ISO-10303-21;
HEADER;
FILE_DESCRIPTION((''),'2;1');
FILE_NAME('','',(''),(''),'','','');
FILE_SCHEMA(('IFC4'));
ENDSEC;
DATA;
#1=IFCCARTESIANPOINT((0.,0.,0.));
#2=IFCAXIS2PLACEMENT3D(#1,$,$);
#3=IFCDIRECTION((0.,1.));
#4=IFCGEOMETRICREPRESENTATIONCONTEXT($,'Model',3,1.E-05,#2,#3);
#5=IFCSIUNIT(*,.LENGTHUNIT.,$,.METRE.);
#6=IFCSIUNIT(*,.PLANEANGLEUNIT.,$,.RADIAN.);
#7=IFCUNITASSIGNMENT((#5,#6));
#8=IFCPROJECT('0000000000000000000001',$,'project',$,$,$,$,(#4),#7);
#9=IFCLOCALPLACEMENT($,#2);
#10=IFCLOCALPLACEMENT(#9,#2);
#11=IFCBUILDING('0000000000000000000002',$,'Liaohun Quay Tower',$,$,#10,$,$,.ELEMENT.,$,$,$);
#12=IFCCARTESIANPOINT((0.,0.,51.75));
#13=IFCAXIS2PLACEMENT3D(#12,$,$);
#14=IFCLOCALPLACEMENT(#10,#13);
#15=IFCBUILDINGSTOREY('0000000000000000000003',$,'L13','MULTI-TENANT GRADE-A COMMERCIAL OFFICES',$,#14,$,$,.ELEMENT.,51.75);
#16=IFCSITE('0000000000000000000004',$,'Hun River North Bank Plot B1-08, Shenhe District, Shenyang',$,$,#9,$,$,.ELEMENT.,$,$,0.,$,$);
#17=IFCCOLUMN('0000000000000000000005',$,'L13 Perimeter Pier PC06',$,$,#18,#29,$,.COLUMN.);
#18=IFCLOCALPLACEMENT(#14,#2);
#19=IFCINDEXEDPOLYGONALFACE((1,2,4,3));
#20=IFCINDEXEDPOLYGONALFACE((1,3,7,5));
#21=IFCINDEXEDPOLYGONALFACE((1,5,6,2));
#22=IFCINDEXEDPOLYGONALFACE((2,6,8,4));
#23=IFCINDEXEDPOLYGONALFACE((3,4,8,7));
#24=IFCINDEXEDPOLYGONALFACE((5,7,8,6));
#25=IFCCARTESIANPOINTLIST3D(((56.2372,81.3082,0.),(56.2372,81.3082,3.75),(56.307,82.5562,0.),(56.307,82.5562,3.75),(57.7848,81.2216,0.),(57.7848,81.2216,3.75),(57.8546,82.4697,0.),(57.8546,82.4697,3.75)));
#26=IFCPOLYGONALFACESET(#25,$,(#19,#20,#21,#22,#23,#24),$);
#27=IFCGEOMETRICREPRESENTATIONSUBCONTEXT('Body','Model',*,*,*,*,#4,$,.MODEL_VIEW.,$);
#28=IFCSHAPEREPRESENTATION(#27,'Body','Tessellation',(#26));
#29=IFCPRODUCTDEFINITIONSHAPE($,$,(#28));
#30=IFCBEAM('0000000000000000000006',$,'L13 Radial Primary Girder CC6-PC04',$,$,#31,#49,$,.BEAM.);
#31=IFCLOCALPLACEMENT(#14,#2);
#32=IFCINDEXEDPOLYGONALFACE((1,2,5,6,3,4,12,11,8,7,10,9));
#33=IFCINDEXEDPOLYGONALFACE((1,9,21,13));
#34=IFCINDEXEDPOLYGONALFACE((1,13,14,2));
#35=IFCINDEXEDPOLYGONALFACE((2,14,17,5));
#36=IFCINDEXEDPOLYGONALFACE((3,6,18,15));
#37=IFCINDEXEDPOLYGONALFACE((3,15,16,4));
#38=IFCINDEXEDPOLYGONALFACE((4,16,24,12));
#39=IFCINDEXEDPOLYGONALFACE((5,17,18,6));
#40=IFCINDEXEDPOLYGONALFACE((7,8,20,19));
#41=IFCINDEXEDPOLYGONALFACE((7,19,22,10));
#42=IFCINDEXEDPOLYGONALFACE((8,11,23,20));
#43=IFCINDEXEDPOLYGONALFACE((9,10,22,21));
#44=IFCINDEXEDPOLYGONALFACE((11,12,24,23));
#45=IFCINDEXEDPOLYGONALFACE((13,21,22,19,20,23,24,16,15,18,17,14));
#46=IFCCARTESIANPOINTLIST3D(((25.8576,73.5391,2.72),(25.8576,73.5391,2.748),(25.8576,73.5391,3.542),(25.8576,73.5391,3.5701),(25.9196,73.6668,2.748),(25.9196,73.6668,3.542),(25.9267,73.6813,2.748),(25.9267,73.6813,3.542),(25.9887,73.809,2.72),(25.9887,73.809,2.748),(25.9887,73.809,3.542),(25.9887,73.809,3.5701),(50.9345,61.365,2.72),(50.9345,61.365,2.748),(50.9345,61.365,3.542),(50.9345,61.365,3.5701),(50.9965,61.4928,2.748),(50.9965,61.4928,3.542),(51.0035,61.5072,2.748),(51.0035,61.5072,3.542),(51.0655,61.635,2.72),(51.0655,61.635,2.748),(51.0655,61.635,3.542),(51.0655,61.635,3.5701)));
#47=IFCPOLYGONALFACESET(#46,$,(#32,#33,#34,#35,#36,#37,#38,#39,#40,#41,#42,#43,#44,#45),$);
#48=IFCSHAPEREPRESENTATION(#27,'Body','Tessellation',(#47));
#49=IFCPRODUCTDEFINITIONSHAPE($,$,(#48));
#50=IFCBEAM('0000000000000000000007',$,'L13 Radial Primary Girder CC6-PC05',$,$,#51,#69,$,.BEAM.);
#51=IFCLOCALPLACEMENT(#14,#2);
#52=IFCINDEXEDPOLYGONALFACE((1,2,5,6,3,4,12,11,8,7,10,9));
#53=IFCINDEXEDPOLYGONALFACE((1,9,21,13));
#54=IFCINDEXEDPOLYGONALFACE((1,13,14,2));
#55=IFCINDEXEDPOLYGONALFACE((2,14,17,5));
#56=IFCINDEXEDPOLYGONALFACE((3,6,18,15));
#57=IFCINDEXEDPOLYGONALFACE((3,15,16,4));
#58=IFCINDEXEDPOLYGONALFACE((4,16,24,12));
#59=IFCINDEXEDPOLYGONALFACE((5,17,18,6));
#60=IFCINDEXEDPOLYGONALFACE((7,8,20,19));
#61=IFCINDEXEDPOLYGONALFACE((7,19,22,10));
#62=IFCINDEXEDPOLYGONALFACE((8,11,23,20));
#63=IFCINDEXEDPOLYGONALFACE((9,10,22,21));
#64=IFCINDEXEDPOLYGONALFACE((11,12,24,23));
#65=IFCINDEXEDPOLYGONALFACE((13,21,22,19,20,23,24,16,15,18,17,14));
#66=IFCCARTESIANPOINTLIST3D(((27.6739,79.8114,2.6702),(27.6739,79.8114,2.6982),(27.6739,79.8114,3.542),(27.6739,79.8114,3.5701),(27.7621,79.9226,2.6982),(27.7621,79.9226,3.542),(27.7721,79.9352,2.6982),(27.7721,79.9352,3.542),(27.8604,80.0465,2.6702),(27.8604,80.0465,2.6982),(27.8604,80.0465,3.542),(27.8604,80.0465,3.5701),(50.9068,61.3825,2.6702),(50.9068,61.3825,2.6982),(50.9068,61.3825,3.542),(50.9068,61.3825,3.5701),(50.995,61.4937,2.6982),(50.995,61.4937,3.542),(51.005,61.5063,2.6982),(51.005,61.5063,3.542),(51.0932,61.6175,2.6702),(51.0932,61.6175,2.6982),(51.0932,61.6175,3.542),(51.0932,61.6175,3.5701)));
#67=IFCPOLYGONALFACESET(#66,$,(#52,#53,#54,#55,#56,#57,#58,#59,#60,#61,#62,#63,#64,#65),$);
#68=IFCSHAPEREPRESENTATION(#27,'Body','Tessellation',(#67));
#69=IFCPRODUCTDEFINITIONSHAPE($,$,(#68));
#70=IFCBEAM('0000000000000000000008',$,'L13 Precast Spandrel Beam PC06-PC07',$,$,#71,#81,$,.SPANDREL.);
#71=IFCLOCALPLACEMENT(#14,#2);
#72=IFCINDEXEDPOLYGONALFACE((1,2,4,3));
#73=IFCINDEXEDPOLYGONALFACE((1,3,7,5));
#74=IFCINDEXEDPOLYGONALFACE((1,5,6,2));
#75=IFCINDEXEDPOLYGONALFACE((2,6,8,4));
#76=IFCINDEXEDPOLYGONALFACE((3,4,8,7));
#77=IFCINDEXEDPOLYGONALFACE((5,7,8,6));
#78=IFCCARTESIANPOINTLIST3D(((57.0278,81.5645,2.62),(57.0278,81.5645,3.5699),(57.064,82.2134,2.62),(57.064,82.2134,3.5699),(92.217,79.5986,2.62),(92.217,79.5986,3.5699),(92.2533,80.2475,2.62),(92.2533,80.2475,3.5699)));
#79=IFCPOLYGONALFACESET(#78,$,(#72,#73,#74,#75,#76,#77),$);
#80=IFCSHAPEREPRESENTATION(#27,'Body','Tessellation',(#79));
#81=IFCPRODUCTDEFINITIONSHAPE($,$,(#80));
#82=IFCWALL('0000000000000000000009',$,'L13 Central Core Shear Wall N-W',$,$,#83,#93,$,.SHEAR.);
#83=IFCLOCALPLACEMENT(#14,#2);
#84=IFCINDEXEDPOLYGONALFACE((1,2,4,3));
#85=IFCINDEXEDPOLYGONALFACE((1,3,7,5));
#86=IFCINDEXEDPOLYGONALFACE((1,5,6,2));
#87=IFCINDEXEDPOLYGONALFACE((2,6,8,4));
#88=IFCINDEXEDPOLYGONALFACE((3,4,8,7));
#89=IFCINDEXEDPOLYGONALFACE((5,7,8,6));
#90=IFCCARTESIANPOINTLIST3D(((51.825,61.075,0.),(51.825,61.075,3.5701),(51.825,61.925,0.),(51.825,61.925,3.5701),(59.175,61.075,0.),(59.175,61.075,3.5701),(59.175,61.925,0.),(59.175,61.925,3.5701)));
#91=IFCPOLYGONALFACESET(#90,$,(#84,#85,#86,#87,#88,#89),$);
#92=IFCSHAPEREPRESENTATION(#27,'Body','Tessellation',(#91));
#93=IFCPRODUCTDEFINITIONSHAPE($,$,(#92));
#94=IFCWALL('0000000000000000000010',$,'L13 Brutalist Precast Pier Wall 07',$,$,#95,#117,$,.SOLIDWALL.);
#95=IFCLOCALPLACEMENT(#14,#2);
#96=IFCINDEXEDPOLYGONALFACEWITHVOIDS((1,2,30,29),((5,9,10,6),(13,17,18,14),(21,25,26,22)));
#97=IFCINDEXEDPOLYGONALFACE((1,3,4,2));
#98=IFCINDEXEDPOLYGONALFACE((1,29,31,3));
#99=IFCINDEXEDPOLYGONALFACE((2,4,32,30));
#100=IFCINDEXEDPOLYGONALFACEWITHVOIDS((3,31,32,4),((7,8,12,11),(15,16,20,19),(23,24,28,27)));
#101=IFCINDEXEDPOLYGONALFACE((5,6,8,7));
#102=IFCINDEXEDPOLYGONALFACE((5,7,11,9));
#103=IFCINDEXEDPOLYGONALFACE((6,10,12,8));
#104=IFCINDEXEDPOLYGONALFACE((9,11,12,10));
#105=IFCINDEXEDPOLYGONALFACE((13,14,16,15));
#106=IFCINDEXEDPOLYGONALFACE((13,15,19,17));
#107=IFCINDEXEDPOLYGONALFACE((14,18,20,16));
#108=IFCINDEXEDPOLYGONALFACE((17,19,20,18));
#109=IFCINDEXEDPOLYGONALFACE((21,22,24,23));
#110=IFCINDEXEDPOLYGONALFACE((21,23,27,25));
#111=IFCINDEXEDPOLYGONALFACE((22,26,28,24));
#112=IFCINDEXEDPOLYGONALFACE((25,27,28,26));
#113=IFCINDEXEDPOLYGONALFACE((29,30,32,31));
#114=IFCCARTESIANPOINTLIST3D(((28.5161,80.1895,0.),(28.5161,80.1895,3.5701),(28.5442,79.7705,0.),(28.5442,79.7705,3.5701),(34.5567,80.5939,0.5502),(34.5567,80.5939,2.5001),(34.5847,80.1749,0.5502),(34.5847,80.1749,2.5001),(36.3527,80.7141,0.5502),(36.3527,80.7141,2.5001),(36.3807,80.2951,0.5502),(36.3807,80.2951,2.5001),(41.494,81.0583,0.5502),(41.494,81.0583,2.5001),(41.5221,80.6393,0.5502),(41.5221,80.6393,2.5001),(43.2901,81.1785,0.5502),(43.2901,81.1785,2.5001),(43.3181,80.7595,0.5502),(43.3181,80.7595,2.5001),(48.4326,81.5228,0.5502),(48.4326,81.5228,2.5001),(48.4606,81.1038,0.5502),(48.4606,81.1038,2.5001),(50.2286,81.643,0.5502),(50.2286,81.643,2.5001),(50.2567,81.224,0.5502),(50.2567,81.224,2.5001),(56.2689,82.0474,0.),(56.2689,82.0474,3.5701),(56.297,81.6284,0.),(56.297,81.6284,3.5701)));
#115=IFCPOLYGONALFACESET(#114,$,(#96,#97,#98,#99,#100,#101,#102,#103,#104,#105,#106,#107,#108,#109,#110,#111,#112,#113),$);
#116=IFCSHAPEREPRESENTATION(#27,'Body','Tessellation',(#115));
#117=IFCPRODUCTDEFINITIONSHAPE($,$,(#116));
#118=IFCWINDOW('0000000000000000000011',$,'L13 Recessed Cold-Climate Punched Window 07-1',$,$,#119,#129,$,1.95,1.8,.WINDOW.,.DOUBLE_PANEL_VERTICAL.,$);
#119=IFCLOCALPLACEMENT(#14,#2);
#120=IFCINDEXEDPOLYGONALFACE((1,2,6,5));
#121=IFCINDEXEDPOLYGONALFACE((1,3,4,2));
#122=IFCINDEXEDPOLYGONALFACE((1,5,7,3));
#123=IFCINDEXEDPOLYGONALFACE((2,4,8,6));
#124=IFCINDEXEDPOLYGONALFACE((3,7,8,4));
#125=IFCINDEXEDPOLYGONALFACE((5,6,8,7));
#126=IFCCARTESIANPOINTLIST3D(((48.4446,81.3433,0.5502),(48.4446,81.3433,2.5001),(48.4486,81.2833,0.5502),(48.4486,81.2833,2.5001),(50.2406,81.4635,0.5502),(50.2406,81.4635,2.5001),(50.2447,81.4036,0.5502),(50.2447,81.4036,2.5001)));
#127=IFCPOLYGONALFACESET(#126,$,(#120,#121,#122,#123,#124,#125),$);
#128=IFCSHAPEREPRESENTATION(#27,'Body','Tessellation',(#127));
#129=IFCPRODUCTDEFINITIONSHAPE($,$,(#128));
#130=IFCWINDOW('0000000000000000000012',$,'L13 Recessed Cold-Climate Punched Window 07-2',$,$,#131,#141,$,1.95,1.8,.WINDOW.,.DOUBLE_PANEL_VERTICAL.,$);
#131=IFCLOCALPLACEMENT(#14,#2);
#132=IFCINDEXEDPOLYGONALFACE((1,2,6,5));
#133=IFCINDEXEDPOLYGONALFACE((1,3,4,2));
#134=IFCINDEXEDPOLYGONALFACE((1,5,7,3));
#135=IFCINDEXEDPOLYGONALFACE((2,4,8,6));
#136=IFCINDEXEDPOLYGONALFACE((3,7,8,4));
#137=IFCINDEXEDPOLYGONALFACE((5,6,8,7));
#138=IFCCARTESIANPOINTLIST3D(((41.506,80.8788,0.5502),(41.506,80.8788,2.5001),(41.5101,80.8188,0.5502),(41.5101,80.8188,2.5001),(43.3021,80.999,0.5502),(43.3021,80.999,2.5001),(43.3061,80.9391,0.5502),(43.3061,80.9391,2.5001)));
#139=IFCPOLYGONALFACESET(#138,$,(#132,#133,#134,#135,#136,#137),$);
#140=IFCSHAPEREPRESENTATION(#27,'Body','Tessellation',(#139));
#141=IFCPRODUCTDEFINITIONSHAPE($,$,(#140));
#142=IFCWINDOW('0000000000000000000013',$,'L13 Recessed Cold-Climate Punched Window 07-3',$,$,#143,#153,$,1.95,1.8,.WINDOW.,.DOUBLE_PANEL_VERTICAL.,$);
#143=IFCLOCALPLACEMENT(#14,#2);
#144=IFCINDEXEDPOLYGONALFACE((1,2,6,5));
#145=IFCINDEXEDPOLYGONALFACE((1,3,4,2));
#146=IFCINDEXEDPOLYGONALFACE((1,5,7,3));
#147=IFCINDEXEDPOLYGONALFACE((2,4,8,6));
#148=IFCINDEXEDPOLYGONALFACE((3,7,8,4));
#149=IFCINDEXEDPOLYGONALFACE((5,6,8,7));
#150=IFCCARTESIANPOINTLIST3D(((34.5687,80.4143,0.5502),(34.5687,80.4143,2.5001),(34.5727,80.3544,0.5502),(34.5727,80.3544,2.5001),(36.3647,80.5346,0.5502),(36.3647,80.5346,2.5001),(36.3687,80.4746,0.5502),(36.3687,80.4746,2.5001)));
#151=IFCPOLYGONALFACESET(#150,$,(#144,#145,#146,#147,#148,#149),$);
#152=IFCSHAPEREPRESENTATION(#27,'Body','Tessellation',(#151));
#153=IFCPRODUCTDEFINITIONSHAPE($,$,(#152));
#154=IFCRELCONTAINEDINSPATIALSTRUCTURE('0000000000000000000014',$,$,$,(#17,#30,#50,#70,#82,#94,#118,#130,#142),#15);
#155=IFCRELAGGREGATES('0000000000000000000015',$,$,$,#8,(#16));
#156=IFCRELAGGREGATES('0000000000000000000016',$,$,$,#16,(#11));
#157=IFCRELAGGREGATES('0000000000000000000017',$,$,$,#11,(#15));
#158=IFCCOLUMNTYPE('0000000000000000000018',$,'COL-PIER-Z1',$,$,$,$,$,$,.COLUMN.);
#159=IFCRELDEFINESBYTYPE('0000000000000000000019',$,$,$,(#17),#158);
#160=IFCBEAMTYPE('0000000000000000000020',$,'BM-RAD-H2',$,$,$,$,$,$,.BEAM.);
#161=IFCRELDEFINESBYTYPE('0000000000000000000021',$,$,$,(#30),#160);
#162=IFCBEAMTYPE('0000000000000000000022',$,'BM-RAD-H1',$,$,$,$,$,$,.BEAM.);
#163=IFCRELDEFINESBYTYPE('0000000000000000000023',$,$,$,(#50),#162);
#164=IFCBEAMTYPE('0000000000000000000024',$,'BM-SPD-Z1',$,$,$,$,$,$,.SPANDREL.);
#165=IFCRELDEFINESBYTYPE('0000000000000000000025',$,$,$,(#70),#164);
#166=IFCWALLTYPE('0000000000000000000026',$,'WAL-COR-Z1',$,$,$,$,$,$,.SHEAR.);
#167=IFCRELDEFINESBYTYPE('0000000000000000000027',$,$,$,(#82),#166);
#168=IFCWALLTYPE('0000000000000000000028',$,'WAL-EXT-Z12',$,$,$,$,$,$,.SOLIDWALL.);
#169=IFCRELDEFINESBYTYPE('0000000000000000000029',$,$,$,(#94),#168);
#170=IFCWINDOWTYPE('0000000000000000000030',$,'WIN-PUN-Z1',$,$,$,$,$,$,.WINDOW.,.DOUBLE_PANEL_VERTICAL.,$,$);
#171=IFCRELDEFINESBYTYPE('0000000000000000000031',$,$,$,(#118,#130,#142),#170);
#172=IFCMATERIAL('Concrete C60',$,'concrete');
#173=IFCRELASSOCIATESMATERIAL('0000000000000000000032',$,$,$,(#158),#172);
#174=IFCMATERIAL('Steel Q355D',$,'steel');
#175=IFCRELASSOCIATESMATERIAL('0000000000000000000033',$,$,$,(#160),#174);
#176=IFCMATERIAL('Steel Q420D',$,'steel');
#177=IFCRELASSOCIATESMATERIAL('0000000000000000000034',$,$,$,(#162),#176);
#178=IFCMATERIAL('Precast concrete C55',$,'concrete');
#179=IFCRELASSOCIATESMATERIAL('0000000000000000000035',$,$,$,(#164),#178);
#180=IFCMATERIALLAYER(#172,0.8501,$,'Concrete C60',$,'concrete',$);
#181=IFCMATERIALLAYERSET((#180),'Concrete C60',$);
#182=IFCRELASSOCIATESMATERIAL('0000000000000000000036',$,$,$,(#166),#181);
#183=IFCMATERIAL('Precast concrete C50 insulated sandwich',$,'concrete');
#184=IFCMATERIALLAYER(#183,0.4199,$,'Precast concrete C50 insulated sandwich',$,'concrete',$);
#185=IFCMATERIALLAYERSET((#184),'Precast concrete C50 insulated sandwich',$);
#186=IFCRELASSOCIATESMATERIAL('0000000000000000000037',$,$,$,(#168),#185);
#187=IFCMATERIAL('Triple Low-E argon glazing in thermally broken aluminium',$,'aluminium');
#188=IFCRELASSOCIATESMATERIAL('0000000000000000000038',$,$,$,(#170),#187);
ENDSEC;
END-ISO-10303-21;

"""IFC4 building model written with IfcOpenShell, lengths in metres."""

from ifc_helpers import new_model, si_unit, direction, frame, frame_2d, origin, origin_2d, place, context, subcontext, project, spatial, rectangle, i_section, extrude, source, transform, mapped, material, layer, layer_set, material_profile, profile_set, type_object, element, fill, save


model = new_model("IFC4")

# Units and contexts
model_context = context("Model", 3, precision=1e-05, world=origin(), true_north=direction((0.0, 1.0)))
body_context = subcontext(model_context, "Body", "Model", "MODEL_VIEW")
ifc_project = project(units=[si_unit("LENGTHUNIT", "METRE"), si_unit("PLANEANGLEUNIT", "RADIAN")], contexts=[model_context])

# Site, building, storey
site_placement = place(None, origin())
site = spatial("IfcSite", under=ifc_project, at=site_placement, Name="Hun River North Bank Plot B1-08, Shenhe District, Shenyang", CompositionType="ELEMENT", RefElevation=0.0)
building_placement = place(site_placement, origin())
building = spatial("IfcBuilding", under=site, at=building_placement, Name="Liaohun Quay Tower", CompositionType="ELEMENT")
storey_placement = place(building_placement, frame((0.0, 0.0, 51.75)))
storey = spatial("IfcBuildingStorey", under=building, at=storey_placement, Name="L13", Description="MULTI-TENANT GRADE-A COMMERCIAL OFFICES", CompositionType="ELEMENT", Elevation=51.75)

# Column
ifc_material_1 = material(Name="Concrete C60", Category="concrete")
ifc_material_profile_1 = material_profile(ifc_material_1, rectangle(XDim=1.55, YDim=1.25, at=origin_2d()), Name="RC1550x1250")
ifc_profile_set_1 = profile_set([ifc_material_profile_1], Name="Concrete C60")
column_type = type_object("IfcColumnType", Name="COL-PIER-Z1", PredefinedType="COLUMN", material=ifc_profile_set_1)
shared_shape_1 = source(origin(), body_context, "Body", "SweptSolid", [
    extrude(rectangle(XDim=1.55, YDim=1.25, at=origin_2d()), origin(), (0.0, 0.0, 1.0), 3.75),
])
column_placement = place(storey_placement, frame((57.0459, 81.8889, 0.0), z_axis=(0.0, 0.0, 1.0), x_axis=(-0.998441, 0.055822, 0.0)))
element("IfcColumn", 1, at=column_placement, inside=storey, type_object=column_type, Name="L13 Perimeter Pier PC06", PredefinedType="COLUMN", context=body_context, shape_type="MappedRepresentation", body=[
    mapped(shared_shape_1, transform((0.0, 0.0, 0.0), x_axis=(1.0, 0.0, 0.0), y_axis=(0.0, 1.0, 0.0), z_axis=(0.0, 0.0, 1.0), scale=1.0)),
])

# Beams
ifc_material_2 = material(Name="Steel Q355D", Category="steel")
ifc_material_profile_2 = material_profile(ifc_material_2, i_section(OverallWidth=0.3, OverallDepth=0.8501, WebThickness=0.0161, FlangeThickness=0.0281, at=origin_2d()), Name="HN850x300x16x28")
ifc_profile_set_2 = profile_set([ifc_material_profile_2], Name="Steel Q355D")
beam_type_1 = type_object("IfcBeamType", Name="BM-RAD-H2", PredefinedType="BEAM", material=ifc_profile_set_2)
shared_shape_2 = source(origin(), body_context, "Body", "SweptSolid", [
    extrude(i_section(OverallWidth=0.3, OverallDepth=0.8501, WebThickness=0.0161, FlangeThickness=0.0281, at=origin_2d()), origin(), (0.0, 0.0, 1.0), 27.8757),
])
beam_1_placement = place(storey_placement, frame((51.0, 61.5, 3.145), z_axis=(-0.899595, 0.436726, 0.0), x_axis=(-0.436726, -0.899595, 0.0)))
element("IfcBeam", 2, at=beam_1_placement, inside=storey, type_object=beam_type_1, Name="L13 Radial Primary Girder CC6-PC04", PredefinedType="BEAM", context=body_context, shape_type="MappedRepresentation", body=[
    mapped(shared_shape_2, transform((0.0, 0.0, 0.0), x_axis=(1.0, 0.0, 0.0), y_axis=(0.0, 1.0, 0.0), z_axis=(0.0, 0.0, 1.0), scale=1.0)),
])
ifc_material_3 = material(Name="Steel Q420D", Category="steel")
ifc_material_profile_3 = material_profile(ifc_material_3, i_section(OverallWidth=0.3, OverallDepth=0.8999, WebThickness=0.0161, FlangeThickness=0.0281, at=origin_2d()), Name="HN900x300x16x28")
ifc_profile_set_3 = profile_set([ifc_material_profile_3], Name="Steel Q420D")
beam_type_2 = type_object("IfcBeamType", Name="BM-RAD-H1", PredefinedType="BEAM", material=ifc_profile_set_3)
shared_shape_3 = source(origin(), body_context, "Body", "SweptSolid", [
    extrude(i_section(OverallWidth=0.3, OverallDepth=0.8999, WebThickness=0.0161, FlangeThickness=0.0281, at=origin_2d()), origin(), (0.0, 0.0, 1.0), 29.6545),
])
beam_2_placement = place(storey_placement, frame((51.0, 61.5, 3.1201), z_axis=(-0.783451, 0.621454, 0.0), x_axis=(-0.621454, -0.783451, 0.0)))
element("IfcBeam", 3, at=beam_2_placement, inside=storey, type_object=beam_type_2, Name="L13 Radial Primary Girder CC6-PC05", PredefinedType="BEAM", context=body_context, shape_type="MappedRepresentation", body=[
    mapped(shared_shape_3, transform((0.0, 0.0, 0.0), x_axis=(1.0, 0.0, 0.0), y_axis=(0.0, 1.0, 0.0), z_axis=(0.0, 0.0, 1.0), scale=1.0)),
])
ifc_material_4 = material(Name="Precast concrete C55", Category="concrete")
ifc_material_profile_4 = material_profile(ifc_material_4, rectangle(XDim=0.6499, YDim=0.95, at=origin_2d()), Name="RC650x950")
ifc_profile_set_4 = profile_set([ifc_material_profile_4], Name="Precast concrete C55")
beam_type_3 = type_object("IfcBeamType", Name="BM-SPD-Z1", PredefinedType="SPANDREL", material=ifc_profile_set_4)
shared_shape_4 = source(origin(), body_context, "Body", "SweptSolid", [
    extrude(rectangle(XDim=0.6499, YDim=0.95, at=origin_2d()), origin(), (0.0, 0.0, 1.0), 35.2441),
])
beam_3_placement = place(storey_placement, frame((57.0459, 81.8889, 3.095), z_axis=(0.998443, -0.055777, 0.0), x_axis=(0.055777, 0.998443, 0.0)))
element("IfcBeam", 4, at=beam_3_placement, inside=storey, type_object=beam_type_3, Name="L13 Precast Spandrel Beam PC06-PC07", PredefinedType="SPANDREL", context=body_context, shape_type="MappedRepresentation", body=[
    mapped(shared_shape_4, transform((0.0, 0.0, 0.0), x_axis=(1.0, 0.0, 0.0), y_axis=(0.0, 1.0, 0.0), z_axis=(0.0, 0.0, 1.0), scale=1.0)),
])

# Wall
ifc_layer_1 = layer(ifc_material_1, 0.8501, Name="Concrete C60", Category="concrete")
ifc_layer_set_1 = layer_set([ifc_layer_1], Name="Concrete C60")
wall_type_1 = type_object("IfcWallType", Name="WAL-COR-Z1", PredefinedType="SHEAR", material=ifc_layer_set_1)
wall_1_placement = place(storey_placement, frame((51.825, 61.5, 0.0), z_axis=(0.0, 0.0, 1.0), x_axis=(1.0, 0.0, 0.0)))
element("IfcWall", 5, at=wall_1_placement, inside=storey, type_object=wall_type_1, Name="L13 Central Core Shear Wall N-W", PredefinedType="SHEAR", context=body_context, shape_type="SweptSolid", body=[
    extrude(rectangle(XDim=7.3501, YDim=0.8501, at=frame_2d((3.675, 0.0))), origin(), (0.0, 0.0, 1.0), 3.5701),
])

# Wall, openings, windows
ifc_material_5 = material(Name="Precast concrete C50 insulated sandwich", Category="concrete")
ifc_layer_2 = layer(ifc_material_5, 0.4199, Name="Precast concrete C50 insulated sandwich", Category="concrete")
ifc_layer_set_2 = layer_set([ifc_layer_2], Name="Precast concrete C50 insulated sandwich")
wall_type_2 = type_object("IfcWallType", Name="WAL-EXT-Z12", PredefinedType="SOLIDWALL", material=ifc_layer_set_2)
wall_2_placement = place(storey_placement, frame((56.283, 81.8379, 0.0), z_axis=(0.0, 0.0, 1.0), x_axis=(-0.997767, -0.066795, 0.0)))
wall_2 = element("IfcWall", 6, at=wall_2_placement, inside=storey, type_object=wall_type_2, Name="L13 Brutalist Precast Pier Wall 07", PredefinedType="SOLIDWALL", context=body_context, shape_type="SweptSolid", body=[
    extrude(rectangle(XDim=27.8149, YDim=0.4199, at=frame_2d((13.9075, 0.0))), origin(), (0.0, 0.0, 1.0), 3.5701),
])
shared_shape_5 = source(origin(), body_context, "Body", "SweptSolid", [
    extrude(rectangle(XDim=1.8, YDim=1.95, at=frame_2d((0.8999, 0.9751))), frame((0.0, 0.22, 0.0), z_axis=(0.0, -1.0, 0.0), x_axis=(1.0, 0.0, 0.0)), (0.0, 0.0, 1.0), 0.4399),
])
opening_1_placement = place(wall_2_placement, frame((6.054, 0.0, 0.55)))
opening_1 = element("IfcOpeningElement", 7, at=opening_1_placement, cuts=wall_2, PredefinedType="OPENING", context=body_context, shape_type="MappedRepresentation", body=[
    mapped(shared_shape_5, transform((0.0, 0.0, 0.0), x_axis=(1.0, 0.0, 0.0), y_axis=(0.0, 1.0, 0.0), z_axis=(0.0, 0.0, 1.0), scale=1.0)),
])
opening_2_placement = place(wall_2_placement, frame((13.0081, 0.0, 0.55)))
opening_2 = element("IfcOpeningElement", 8, at=opening_2_placement, cuts=wall_2, PredefinedType="OPENING", context=body_context, shape_type="MappedRepresentation", body=[
    mapped(shared_shape_5, transform((0.0, 0.0, 0.0), x_axis=(1.0, 0.0, 0.0), y_axis=(0.0, 1.0, 0.0), z_axis=(0.0, 0.0, 1.0), scale=1.0)),
])
opening_3_placement = place(wall_2_placement, frame((19.9609, 0.0, 0.55)))
opening_3 = element("IfcOpeningElement", 9, at=opening_3_placement, cuts=wall_2, PredefinedType="OPENING", context=body_context, shape_type="MappedRepresentation", body=[
    mapped(shared_shape_5, transform((0.0, 0.0, 0.0), x_axis=(1.0, 0.0, 0.0), y_axis=(0.0, 1.0, 0.0), z_axis=(0.0, 0.0, 1.0), scale=1.0)),
])
ifc_material_6 = material(Name="Triple Low-E argon glazing in thermally broken aluminium", Category="aluminium")
window_type = type_object("IfcWindowType", Name="WIN-PUN-Z1", PartitioningType="DOUBLE_PANEL_VERTICAL", PredefinedType="WINDOW", material=ifc_material_6)
shared_shape_6 = source(origin(), body_context, "Body", "SweptSolid", [
    extrude(rectangle(XDim=1.8, YDim=1.95, at=frame_2d((0.8999, 0.9751))), frame((0.0, 0.03, 0.0), z_axis=(0.0, -1.0, 0.0), x_axis=(1.0, 0.0, 0.0)), (0.0, 0.0, 1.0), 0.0601),
])
window_1_placement = place(opening_1_placement, origin())
window_1 = element("IfcWindow", 10, at=window_1_placement, inside=storey, type_object=window_type, Name="L13 Recessed Cold-Climate Punched Window 07-1", OverallHeight=1.95, OverallWidth=1.8, PartitioningType="DOUBLE_PANEL_VERTICAL", PredefinedType="WINDOW", context=body_context, shape_type="MappedRepresentation", body=[
    mapped(shared_shape_6, transform((0.0, 0.0, 0.0), x_axis=(1.0, 0.0, 0.0), y_axis=(0.0, 1.0, 0.0), z_axis=(0.0, 0.0, 1.0), scale=1.0)),
])
fill(opening_1, window_1)
window_2_placement = place(opening_2_placement, origin())
window_2 = element("IfcWindow", 11, at=window_2_placement, inside=storey, type_object=window_type, Name="L13 Recessed Cold-Climate Punched Window 07-2", OverallHeight=1.95, OverallWidth=1.8, PartitioningType="DOUBLE_PANEL_VERTICAL", PredefinedType="WINDOW", context=body_context, shape_type="MappedRepresentation", body=[
    mapped(shared_shape_6, transform((0.0, 0.0, 0.0), x_axis=(1.0, 0.0, 0.0), y_axis=(0.0, 1.0, 0.0), z_axis=(0.0, 0.0, 1.0), scale=1.0)),
])
fill(opening_2, window_2)
window_3_placement = place(opening_3_placement, origin())
window_3 = element("IfcWindow", 12, at=window_3_placement, inside=storey, type_object=window_type, Name="L13 Recessed Cold-Climate Punched Window 07-3", OverallHeight=1.95, OverallWidth=1.8, PartitioningType="DOUBLE_PANEL_VERTICAL", PredefinedType="WINDOW", context=body_context, shape_type="MappedRepresentation", body=[
    mapped(shared_shape_6, transform((0.0, 0.0, 0.0), x_axis=(1.0, 0.0, 0.0), y_axis=(0.0, 1.0, 0.0), z_axis=(0.0, 0.0, 1.0), scale=1.0)),
])
fill(opening_3, window_3)

save(model, "model.ifc")
